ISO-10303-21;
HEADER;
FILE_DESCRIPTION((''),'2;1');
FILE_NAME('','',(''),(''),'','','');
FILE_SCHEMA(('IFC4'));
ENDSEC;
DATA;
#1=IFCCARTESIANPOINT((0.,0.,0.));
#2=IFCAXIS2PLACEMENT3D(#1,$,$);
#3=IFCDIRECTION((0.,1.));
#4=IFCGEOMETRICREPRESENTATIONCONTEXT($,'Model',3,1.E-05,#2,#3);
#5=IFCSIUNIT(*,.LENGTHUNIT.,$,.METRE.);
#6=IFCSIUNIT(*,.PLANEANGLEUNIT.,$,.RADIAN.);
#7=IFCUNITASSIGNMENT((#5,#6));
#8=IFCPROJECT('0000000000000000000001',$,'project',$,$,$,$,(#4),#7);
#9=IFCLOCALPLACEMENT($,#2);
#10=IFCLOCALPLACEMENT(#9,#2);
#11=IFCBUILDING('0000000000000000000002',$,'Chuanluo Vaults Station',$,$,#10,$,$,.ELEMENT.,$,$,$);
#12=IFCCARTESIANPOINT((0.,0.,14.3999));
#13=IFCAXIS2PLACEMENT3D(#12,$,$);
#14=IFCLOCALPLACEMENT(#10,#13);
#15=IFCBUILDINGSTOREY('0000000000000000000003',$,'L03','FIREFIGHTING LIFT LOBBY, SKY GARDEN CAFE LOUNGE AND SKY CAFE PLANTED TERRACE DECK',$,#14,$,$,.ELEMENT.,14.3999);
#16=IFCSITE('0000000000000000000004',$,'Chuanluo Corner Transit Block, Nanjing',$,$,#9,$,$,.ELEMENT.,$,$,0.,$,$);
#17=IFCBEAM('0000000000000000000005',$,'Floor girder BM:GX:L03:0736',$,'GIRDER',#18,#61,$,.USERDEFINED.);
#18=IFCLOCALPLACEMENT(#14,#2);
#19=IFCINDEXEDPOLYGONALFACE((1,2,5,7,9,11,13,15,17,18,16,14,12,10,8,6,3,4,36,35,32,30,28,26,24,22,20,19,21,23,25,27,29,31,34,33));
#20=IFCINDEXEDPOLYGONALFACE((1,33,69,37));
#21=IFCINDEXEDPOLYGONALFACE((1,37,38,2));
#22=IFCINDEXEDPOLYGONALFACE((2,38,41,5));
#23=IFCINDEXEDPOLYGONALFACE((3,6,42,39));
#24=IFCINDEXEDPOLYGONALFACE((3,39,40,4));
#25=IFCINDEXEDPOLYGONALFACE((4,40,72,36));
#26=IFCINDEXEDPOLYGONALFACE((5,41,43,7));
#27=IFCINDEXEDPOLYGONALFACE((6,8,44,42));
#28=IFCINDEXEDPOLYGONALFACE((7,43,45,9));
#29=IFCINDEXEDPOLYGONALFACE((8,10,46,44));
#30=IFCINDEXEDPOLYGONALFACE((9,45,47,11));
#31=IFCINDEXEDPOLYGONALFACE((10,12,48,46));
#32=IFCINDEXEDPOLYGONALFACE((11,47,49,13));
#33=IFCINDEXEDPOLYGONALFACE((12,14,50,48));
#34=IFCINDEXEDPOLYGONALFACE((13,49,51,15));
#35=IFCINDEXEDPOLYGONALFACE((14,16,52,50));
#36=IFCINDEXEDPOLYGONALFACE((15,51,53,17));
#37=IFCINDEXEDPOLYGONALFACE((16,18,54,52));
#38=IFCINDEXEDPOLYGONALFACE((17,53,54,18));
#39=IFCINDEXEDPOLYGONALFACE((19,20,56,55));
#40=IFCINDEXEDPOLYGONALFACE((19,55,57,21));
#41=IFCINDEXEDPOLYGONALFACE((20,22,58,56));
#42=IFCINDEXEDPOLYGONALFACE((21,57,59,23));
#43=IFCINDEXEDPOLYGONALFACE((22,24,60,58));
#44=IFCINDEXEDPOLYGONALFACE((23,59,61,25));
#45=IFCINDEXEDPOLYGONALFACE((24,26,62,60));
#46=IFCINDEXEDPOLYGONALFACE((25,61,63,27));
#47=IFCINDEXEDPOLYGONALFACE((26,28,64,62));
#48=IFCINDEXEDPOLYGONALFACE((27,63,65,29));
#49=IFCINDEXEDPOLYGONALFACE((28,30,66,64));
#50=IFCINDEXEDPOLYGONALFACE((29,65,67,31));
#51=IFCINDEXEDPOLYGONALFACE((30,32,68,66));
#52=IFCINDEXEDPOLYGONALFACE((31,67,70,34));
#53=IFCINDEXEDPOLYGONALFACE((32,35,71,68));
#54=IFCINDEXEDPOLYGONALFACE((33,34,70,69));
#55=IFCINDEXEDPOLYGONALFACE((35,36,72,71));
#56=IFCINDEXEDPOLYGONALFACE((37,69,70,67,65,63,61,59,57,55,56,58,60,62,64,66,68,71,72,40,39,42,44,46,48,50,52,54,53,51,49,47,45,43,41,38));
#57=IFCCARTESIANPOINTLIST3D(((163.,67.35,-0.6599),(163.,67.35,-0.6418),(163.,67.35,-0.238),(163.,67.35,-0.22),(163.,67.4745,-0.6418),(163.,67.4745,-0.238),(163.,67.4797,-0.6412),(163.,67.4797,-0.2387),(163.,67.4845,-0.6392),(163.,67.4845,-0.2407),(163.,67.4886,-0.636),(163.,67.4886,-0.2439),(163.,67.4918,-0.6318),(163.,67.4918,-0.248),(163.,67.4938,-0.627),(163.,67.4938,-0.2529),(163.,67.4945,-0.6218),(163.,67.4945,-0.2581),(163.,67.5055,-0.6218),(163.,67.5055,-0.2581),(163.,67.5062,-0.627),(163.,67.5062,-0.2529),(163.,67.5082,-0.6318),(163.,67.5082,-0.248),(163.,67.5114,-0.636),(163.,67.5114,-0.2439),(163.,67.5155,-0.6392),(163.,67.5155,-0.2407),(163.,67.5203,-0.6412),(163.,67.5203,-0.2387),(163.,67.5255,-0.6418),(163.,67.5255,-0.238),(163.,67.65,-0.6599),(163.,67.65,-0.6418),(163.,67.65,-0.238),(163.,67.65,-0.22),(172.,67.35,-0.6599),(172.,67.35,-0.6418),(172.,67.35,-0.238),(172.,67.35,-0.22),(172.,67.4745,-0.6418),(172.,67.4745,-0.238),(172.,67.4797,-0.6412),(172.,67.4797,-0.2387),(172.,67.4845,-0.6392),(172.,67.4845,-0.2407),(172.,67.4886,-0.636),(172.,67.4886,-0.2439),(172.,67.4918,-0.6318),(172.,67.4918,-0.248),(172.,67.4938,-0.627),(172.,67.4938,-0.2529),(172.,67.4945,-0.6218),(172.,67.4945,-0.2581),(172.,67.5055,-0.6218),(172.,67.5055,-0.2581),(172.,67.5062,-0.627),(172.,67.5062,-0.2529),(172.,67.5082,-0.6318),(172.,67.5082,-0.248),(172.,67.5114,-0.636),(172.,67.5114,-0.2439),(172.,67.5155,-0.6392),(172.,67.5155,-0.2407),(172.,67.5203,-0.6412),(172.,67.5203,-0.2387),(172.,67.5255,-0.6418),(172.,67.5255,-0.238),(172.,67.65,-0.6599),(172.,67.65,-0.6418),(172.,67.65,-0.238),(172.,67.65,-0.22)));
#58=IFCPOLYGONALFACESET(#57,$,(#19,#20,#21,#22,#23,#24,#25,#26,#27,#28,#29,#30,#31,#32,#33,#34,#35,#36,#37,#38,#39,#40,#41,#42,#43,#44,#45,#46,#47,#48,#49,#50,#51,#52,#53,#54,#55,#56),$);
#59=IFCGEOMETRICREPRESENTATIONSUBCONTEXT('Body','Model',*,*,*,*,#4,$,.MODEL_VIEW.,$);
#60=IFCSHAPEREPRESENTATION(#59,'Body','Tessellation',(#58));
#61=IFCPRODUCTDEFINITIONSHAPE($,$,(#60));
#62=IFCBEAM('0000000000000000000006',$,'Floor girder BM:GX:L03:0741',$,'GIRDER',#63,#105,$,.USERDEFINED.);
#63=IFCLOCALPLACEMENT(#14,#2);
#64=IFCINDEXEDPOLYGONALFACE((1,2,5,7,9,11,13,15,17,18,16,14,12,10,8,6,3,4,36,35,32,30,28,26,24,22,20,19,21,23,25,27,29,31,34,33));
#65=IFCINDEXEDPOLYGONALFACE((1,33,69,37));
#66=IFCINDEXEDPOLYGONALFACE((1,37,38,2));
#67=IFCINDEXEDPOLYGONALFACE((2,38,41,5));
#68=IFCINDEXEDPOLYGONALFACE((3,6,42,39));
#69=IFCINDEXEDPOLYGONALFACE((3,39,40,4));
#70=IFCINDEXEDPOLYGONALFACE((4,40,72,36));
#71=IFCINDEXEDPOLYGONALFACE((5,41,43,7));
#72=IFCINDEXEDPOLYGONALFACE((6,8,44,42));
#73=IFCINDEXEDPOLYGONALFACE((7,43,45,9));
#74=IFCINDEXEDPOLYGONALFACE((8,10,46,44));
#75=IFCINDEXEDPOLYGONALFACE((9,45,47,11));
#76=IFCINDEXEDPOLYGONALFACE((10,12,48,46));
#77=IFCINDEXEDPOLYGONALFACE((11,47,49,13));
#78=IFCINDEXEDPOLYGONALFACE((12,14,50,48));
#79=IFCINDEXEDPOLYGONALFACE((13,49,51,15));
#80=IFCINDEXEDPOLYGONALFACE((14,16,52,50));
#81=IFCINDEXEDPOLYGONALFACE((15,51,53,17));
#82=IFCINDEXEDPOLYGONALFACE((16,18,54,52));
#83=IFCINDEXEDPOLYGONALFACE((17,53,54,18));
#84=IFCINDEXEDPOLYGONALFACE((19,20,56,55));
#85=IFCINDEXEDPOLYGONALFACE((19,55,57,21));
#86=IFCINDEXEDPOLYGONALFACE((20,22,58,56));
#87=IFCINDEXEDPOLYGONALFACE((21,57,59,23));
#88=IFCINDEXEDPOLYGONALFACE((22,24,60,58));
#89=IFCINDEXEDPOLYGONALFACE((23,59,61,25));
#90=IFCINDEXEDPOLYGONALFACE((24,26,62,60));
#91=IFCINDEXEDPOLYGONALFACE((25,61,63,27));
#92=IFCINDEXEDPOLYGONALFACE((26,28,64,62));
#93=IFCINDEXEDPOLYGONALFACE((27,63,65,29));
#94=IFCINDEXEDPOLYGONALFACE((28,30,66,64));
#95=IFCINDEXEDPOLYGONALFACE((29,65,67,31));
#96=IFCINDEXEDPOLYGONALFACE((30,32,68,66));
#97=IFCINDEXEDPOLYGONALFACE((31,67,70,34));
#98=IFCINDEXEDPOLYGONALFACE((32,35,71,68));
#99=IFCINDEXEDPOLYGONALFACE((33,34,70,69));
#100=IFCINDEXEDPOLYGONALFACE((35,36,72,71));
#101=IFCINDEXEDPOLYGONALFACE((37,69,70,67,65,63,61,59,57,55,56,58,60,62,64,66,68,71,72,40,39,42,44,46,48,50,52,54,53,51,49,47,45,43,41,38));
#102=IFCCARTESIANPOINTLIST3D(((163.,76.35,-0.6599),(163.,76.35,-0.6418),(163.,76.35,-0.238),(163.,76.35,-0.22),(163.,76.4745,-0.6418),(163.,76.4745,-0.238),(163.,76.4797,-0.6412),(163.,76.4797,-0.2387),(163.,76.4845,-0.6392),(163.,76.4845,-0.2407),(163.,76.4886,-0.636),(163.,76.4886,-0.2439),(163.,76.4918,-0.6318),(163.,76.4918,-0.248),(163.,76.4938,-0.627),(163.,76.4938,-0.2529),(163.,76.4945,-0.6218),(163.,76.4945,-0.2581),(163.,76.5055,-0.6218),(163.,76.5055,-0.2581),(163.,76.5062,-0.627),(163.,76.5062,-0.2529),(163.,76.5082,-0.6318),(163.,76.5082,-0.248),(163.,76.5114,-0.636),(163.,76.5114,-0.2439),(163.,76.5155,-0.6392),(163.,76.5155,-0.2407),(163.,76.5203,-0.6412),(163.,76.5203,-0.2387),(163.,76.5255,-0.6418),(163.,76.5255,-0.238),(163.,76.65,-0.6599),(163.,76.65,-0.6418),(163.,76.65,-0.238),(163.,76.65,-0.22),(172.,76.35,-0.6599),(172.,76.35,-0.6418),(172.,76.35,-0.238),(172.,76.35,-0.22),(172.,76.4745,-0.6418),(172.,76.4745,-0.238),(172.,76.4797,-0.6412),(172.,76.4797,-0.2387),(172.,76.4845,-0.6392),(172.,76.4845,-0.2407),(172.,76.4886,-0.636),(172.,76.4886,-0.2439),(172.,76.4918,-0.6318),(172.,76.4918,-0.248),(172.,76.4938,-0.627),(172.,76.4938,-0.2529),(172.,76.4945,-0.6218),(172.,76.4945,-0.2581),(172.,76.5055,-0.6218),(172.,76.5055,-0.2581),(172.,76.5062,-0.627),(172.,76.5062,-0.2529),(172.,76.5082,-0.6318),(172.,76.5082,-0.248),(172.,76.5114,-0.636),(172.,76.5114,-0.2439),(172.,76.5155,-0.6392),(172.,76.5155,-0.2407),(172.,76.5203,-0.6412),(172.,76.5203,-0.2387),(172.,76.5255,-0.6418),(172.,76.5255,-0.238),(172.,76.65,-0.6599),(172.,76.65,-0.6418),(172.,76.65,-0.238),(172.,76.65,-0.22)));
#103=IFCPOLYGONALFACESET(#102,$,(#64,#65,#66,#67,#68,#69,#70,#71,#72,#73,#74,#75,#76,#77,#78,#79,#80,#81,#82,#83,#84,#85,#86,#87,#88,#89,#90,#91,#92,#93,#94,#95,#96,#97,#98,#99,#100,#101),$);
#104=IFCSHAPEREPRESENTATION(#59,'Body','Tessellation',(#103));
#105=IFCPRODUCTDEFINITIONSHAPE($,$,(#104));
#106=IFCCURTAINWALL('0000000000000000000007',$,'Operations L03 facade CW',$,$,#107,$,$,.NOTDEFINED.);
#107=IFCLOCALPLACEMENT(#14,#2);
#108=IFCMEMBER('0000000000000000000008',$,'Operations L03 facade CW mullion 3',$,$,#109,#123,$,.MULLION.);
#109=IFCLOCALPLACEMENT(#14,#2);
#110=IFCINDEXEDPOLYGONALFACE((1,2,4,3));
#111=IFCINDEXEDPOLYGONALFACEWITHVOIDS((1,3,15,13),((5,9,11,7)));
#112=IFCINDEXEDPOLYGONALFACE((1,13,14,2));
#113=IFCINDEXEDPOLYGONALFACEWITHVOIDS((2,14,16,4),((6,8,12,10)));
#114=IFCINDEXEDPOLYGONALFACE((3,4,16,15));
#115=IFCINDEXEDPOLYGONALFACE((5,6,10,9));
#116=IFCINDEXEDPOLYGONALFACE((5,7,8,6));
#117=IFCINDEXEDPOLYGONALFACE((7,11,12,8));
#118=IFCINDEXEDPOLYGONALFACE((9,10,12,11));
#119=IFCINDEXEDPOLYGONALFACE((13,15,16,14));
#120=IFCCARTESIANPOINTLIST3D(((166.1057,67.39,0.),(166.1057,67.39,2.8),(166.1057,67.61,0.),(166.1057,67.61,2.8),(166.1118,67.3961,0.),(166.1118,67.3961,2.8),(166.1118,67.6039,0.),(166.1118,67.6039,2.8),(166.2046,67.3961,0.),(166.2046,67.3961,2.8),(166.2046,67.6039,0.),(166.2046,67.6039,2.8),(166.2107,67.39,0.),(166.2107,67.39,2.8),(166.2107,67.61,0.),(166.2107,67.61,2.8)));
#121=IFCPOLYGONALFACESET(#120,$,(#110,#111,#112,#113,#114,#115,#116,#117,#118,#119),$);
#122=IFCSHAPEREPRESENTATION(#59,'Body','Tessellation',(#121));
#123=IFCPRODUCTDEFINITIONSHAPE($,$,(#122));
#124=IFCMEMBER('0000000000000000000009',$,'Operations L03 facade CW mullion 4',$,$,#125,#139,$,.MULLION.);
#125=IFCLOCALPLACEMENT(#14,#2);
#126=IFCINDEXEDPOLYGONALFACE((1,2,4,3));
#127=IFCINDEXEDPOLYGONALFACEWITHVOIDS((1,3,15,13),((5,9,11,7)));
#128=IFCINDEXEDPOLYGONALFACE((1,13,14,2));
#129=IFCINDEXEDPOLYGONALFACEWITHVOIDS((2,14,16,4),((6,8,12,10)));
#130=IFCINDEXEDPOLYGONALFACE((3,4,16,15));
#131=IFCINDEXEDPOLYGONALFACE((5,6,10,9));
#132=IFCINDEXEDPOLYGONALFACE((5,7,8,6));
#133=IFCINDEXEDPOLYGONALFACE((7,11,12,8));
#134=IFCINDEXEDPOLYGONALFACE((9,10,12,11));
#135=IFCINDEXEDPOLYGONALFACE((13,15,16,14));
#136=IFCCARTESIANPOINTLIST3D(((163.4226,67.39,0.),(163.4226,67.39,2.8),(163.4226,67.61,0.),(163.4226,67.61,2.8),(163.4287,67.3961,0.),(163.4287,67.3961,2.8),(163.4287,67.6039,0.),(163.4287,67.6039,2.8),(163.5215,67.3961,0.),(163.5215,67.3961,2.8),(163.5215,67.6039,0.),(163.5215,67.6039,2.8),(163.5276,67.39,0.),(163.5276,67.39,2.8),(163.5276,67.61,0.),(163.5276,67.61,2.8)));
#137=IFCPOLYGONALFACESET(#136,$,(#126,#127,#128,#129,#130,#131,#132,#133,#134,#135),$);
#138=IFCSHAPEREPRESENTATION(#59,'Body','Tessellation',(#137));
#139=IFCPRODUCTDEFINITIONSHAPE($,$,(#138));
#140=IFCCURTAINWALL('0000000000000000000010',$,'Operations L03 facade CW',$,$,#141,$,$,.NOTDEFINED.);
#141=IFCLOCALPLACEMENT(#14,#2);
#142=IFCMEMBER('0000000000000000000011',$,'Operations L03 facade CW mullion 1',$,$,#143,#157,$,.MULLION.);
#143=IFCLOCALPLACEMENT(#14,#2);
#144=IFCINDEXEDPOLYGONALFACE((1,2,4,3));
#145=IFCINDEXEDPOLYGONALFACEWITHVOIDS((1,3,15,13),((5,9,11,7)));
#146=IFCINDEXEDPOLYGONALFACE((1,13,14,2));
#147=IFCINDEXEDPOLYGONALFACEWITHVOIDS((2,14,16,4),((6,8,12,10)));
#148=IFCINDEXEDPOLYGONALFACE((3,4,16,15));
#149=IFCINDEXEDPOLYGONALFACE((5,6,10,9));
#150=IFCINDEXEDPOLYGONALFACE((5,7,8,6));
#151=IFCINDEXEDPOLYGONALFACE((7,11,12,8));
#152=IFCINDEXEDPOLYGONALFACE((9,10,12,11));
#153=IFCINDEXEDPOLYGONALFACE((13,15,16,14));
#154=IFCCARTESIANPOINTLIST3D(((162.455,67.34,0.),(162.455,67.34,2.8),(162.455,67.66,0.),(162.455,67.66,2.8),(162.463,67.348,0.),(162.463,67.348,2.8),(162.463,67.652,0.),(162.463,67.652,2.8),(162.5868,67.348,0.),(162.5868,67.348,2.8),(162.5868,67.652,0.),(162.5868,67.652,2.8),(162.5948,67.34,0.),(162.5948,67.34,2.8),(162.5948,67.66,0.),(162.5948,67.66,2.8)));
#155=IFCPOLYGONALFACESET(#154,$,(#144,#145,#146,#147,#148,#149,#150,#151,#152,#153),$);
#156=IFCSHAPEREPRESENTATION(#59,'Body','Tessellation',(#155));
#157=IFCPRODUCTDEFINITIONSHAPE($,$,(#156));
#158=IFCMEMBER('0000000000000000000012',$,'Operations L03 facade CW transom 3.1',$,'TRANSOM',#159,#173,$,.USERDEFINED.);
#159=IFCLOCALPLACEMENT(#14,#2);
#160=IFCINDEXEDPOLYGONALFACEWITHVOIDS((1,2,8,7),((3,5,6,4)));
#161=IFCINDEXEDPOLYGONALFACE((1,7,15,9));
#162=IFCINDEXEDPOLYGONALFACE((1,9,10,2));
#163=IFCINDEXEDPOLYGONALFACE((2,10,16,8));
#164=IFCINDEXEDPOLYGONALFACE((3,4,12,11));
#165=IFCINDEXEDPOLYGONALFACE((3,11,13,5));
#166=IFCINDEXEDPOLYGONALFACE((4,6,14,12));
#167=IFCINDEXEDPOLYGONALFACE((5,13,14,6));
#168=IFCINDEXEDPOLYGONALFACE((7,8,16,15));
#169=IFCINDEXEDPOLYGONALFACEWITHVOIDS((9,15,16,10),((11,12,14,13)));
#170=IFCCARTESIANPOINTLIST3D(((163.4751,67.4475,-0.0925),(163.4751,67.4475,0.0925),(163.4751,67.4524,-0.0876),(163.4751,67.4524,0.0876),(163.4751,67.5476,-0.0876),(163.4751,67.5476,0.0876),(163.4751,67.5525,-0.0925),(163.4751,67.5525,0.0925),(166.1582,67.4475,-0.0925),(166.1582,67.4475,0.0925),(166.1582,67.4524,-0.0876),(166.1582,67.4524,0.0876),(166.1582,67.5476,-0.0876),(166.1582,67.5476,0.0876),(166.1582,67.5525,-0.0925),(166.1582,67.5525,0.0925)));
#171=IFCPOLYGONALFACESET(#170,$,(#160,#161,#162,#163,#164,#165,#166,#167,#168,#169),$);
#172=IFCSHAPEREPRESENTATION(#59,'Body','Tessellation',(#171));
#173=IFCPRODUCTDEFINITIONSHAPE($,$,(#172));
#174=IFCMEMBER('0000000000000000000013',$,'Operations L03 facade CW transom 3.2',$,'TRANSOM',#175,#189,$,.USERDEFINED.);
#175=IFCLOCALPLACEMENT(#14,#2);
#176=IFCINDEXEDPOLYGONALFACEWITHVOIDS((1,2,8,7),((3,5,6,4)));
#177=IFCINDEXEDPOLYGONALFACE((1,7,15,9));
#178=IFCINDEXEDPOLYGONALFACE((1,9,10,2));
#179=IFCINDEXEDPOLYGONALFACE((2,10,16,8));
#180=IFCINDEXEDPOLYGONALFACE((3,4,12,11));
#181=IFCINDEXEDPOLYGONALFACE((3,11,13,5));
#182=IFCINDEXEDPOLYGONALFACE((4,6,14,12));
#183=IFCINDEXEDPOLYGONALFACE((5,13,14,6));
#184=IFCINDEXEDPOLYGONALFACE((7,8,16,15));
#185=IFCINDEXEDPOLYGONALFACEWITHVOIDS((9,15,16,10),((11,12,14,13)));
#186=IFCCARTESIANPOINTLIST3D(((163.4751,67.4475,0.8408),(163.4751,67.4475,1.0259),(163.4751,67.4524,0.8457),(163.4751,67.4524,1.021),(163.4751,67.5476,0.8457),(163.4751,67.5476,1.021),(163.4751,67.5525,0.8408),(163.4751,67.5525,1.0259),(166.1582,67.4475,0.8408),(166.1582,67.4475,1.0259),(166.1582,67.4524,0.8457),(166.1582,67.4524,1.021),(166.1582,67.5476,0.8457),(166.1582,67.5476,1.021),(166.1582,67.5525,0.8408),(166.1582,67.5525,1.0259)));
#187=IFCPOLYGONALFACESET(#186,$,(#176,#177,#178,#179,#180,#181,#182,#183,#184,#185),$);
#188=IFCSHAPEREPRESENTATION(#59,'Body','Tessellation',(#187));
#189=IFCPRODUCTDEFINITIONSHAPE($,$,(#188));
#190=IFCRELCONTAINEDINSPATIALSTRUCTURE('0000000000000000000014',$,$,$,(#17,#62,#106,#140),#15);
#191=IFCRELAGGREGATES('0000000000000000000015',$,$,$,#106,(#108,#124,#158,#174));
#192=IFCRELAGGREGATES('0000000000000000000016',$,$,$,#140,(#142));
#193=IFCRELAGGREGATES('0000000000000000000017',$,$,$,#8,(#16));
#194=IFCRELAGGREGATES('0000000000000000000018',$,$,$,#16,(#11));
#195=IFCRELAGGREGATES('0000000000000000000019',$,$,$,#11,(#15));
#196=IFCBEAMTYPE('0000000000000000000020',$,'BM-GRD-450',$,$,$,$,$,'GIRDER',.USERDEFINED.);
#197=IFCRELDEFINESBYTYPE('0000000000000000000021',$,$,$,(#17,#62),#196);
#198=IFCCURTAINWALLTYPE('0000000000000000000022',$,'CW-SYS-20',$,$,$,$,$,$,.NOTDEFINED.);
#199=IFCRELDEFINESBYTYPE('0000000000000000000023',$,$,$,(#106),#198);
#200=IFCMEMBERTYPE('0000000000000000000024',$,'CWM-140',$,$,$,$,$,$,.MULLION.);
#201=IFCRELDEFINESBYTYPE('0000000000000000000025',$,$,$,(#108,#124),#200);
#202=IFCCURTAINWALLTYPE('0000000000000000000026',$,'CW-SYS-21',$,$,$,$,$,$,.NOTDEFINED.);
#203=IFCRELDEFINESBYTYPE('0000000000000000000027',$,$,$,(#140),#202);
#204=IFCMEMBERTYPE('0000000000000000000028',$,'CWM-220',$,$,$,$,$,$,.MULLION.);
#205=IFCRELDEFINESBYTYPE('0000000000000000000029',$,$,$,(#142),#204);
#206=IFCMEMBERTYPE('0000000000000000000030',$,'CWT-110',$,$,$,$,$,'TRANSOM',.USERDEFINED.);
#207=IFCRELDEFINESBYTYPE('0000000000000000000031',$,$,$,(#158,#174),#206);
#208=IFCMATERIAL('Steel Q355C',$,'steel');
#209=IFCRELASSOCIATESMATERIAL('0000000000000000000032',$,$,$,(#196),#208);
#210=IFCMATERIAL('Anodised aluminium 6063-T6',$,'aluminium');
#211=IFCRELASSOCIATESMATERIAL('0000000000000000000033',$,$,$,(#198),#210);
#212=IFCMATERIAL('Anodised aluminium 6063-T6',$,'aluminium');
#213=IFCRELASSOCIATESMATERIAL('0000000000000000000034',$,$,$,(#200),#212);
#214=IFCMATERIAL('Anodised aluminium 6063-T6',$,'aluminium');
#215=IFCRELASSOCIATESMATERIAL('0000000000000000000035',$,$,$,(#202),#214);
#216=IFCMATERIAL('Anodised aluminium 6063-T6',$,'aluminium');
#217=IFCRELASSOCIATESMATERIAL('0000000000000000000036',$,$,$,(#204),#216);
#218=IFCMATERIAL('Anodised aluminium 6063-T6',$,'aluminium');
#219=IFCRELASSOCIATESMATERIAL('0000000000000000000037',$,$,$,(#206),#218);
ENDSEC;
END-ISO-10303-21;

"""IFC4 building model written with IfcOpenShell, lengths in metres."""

from ifc_helpers import new_model, si_unit, direction, frame, origin, origin_2d, place, context, subcontext, project, spatial, hollow_rectangle, i_section, extrude, material, material_profile, profile_set, type_object, element, aggregate, save


model = new_model("IFC4")

# Units and contexts
model_context = context("Model", 3, precision=1e-05, world=origin(), true_north=direction((0.0, 1.0)))
body_context = subcontext(model_context, "Body", "Model", "MODEL_VIEW")
ifc_project = project(units=[si_unit("LENGTHUNIT", "METRE"), si_unit("PLANEANGLEUNIT", "RADIAN")], contexts=[model_context])

# Site, building, storey
site_placement = place(None, origin())
site = spatial("IfcSite", under=ifc_project, at=site_placement, Name="Chuanluo Corner Transit Block, Nanjing", CompositionType="ELEMENT", RefElevation=0.0)
building_placement = place(site_placement, origin())
building = spatial("IfcBuilding", under=site, at=building_placement, Name="Chuanluo Vaults Station", CompositionType="ELEMENT")
storey_placement = place(building_placement, frame((0.0, 0.0, 14.3999)))
storey = spatial("IfcBuildingStorey", under=building, at=storey_placement, Name="L03", Description="FIREFIGHTING LIFT LOBBY, SKY GARDEN CAFE LOUNGE AND SKY CAFE PLANTED TERRACE DECK", CompositionType="ELEMENT", Elevation=14.3999)

# Beams
ifc_material_1 = material(Name="Steel Q355C", Category="steel")
ifc_material_profile_1 = material_profile(ifc_material_1, i_section(OverallWidth=0.3, OverallDepth=0.4399, WebThickness=0.011, FlangeThickness=0.0181, FilletRadius=0.02, at=origin_2d()))
ifc_profile_set_1 = profile_set([ifc_material_profile_1], Name="Steel Q355C")
beam_type_1 = type_object("IfcBeamType", Name="BM-GRD-450", ElementType="GIRDER", PredefinedType="USERDEFINED", material=ifc_profile_set_1)
for number, where, z_axis, x_axis, name in (
    (1, (163.0, 67.5, -0.4399), (1.0, 0.0, 0.0), (0.0, 1.0, 0.0), "Floor girder BM:GX:L03:0736"),
    (2, (163.0, 76.5, -0.4399), (1.0, 0.0, 0.0), (0.0, 1.0, 0.0), "Floor girder BM:GX:L03:0741"),
):
    element("IfcBeam", number, at=place(storey_placement, frame(where, z_axis=z_axis, x_axis=x_axis)), inside=storey, type_object=beam_type_1, Name=name, ObjectType="GIRDER", PredefinedType="USERDEFINED", context=body_context, shape_type="SweptSolid", body=[
        extrude(i_section(OverallWidth=0.3, OverallDepth=0.4399, WebThickness=0.011, FlangeThickness=0.0181, FilletRadius=0.02, at=origin_2d()), origin(), (0.0, 0.0, 1.0), 9.0),
    ])

# Curtain wall, members
ifc_material_2 = material(Name="Anodised aluminium 6063-T6", Category="aluminium")
curtain_wall_type_1 = type_object("IfcCurtainWallType", Name="CW-SYS-20", PredefinedType="NOTDEFINED", material=ifc_material_2)
curtain_wall_1_placement = place(storey_placement, origin())
curtain_wall_1 = element("IfcCurtainWall", 3, at=curtain_wall_1_placement, inside=storey, type_object=curtain_wall_type_1, Name="Operations L03 facade CW", PredefinedType="NOTDEFINED")
ifc_material_3 = material(Name="Anodised aluminium 6063-T6", Category="aluminium")
ifc_material_profile_2 = material_profile(ifc_material_3, hollow_rectangle(XDim=0.105, YDim=0.22, WallThickness=0.0061, at=origin_2d()))
ifc_profile_set_2 = profile_set([ifc_material_profile_2], Name="Anodised aluminium 6063-T6")
member_type_1 = type_object("IfcMemberType", Name="CWM-140", PredefinedType="MULLION", material=ifc_profile_set_2)
member_1_placement = place(storey_placement, frame((166.1582, 67.5, 0.0), z_axis=(0.0, 0.0, 1.0), x_axis=(-1.0, 0.0, 0.0)))
member_1 = element("IfcMember", 4, at=member_1_placement, type_object=member_type_1, Name="Operations L03 facade CW mullion 3", PredefinedType="MULLION", context=body_context, shape_type="SweptSolid", body=[
    extrude(hollow_rectangle(XDim=0.105, YDim=0.22, WallThickness=0.0061, at=origin_2d()), origin(), (0.0, 0.0, 1.0), 2.8),
])
member_2_placement = place(storey_placement, frame((163.4751, 67.5, 0.0), z_axis=(0.0, 0.0, 1.0), x_axis=(-1.0, 0.0, 0.0)))
member_2 = element("IfcMember", 5, at=member_2_placement, type_object=member_type_1, Name="Operations L03 facade CW mullion 4", PredefinedType="MULLION", context=body_context, shape_type="SweptSolid", body=[
    extrude(hollow_rectangle(XDim=0.105, YDim=0.22, WallThickness=0.0061, at=origin_2d()), origin(), (0.0, 0.0, 1.0), 2.8),
])

# Curtain wall, member
ifc_material_4 = material(Name="Anodised aluminium 6063-T6", Category="aluminium")
curtain_wall_type_2 = type_object("IfcCurtainWallType", Name="CW-SYS-21", PredefinedType="NOTDEFINED", material=ifc_material_4)
curtain_wall_2_placement = place(storey_placement, origin())
curtain_wall_2 = element("IfcCurtainWall", 6, at=curtain_wall_2_placement, inside=storey, type_object=curtain_wall_type_2, Name="Operations L03 facade CW", PredefinedType="NOTDEFINED")
ifc_material_5 = material(Name="Anodised aluminium 6063-T6", Category="aluminium")
ifc_material_profile_3 = material_profile(ifc_material_5, hollow_rectangle(XDim=0.1399, YDim=0.3201, WallThickness=0.0081, at=origin_2d()))
ifc_profile_set_3 = profile_set([ifc_material_profile_3], Name="Anodised aluminium 6063-T6")
member_type_2 = type_object("IfcMemberType", Name="CWM-220", PredefinedType="MULLION", material=ifc_profile_set_3)
member_3_placement = place(storey_placement, frame((162.5249, 67.5, 0.0), z_axis=(0.0, 0.0, 1.0), x_axis=(-1.0, 0.0, 0.0)))
member_3 = element("IfcMember", 7, at=member_3_placement, type_object=member_type_2, Name="Operations L03 facade CW mullion 1", PredefinedType="MULLION", context=body_context, shape_type="SweptSolid", body=[
    extrude(hollow_rectangle(XDim=0.1399, YDim=0.3201, WallThickness=0.0081, at=origin_2d()), origin(), (0.0, 0.0, 1.0), 2.8),
])

# Members
ifc_material_6 = material(Name="Anodised aluminium 6063-T6", Category="aluminium")
ifc_material_profile_4 = material_profile(ifc_material_6, hollow_rectangle(XDim=0.105, YDim=0.1851, WallThickness=0.0049, at=origin_2d()))
ifc_profile_set_4 = profile_set([ifc_material_profile_4], Name="Anodised aluminium 6063-T6")
member_type_3 = type_object("IfcMemberType", Name="CWT-110", ElementType="TRANSOM", PredefinedType="USERDEFINED", material=ifc_profile_set_4)
member_4_placement = place(storey_placement, frame((166.1582, 67.5, 0.0), z_axis=(-1.0, 0.0, 0.0), x_axis=(0.0, -1.0, 0.0)))
member_4 = element("IfcMember", 8, at=member_4_placement, type_object=member_type_3, Name="Operations L03 facade CW transom 3.1", ObjectType="TRANSOM", PredefinedType="USERDEFINED", context=body_context, shape_type="SweptSolid", body=[
    extrude(hollow_rectangle(XDim=0.105, YDim=0.1851, WallThickness=0.0049, at=origin_2d()), origin(), (0.0, 0.0, 1.0), 2.6831),
])
member_5_placement = place(storey_placement, frame((166.1582, 67.5, 0.9333), z_axis=(-1.0, 0.0, 0.0), x_axis=(0.0, -1.0, 0.0)))
member_5 = element("IfcMember", 9, at=member_5_placement, type_object=member_type_3, Name="Operations L03 facade CW transom 3.2", ObjectType="TRANSOM", PredefinedType="USERDEFINED", context=body_context, shape_type="SweptSolid", body=[
    extrude(hollow_rectangle(XDim=0.105, YDim=0.1851, WallThickness=0.0049, at=origin_2d()), origin(), (0.0, 0.0, 1.0), 2.6831),
])

aggregate(curtain_wall_1, [member_1, member_2, member_4, member_5])
aggregate(curtain_wall_2, [member_3])

save(model, "model.ifc")
